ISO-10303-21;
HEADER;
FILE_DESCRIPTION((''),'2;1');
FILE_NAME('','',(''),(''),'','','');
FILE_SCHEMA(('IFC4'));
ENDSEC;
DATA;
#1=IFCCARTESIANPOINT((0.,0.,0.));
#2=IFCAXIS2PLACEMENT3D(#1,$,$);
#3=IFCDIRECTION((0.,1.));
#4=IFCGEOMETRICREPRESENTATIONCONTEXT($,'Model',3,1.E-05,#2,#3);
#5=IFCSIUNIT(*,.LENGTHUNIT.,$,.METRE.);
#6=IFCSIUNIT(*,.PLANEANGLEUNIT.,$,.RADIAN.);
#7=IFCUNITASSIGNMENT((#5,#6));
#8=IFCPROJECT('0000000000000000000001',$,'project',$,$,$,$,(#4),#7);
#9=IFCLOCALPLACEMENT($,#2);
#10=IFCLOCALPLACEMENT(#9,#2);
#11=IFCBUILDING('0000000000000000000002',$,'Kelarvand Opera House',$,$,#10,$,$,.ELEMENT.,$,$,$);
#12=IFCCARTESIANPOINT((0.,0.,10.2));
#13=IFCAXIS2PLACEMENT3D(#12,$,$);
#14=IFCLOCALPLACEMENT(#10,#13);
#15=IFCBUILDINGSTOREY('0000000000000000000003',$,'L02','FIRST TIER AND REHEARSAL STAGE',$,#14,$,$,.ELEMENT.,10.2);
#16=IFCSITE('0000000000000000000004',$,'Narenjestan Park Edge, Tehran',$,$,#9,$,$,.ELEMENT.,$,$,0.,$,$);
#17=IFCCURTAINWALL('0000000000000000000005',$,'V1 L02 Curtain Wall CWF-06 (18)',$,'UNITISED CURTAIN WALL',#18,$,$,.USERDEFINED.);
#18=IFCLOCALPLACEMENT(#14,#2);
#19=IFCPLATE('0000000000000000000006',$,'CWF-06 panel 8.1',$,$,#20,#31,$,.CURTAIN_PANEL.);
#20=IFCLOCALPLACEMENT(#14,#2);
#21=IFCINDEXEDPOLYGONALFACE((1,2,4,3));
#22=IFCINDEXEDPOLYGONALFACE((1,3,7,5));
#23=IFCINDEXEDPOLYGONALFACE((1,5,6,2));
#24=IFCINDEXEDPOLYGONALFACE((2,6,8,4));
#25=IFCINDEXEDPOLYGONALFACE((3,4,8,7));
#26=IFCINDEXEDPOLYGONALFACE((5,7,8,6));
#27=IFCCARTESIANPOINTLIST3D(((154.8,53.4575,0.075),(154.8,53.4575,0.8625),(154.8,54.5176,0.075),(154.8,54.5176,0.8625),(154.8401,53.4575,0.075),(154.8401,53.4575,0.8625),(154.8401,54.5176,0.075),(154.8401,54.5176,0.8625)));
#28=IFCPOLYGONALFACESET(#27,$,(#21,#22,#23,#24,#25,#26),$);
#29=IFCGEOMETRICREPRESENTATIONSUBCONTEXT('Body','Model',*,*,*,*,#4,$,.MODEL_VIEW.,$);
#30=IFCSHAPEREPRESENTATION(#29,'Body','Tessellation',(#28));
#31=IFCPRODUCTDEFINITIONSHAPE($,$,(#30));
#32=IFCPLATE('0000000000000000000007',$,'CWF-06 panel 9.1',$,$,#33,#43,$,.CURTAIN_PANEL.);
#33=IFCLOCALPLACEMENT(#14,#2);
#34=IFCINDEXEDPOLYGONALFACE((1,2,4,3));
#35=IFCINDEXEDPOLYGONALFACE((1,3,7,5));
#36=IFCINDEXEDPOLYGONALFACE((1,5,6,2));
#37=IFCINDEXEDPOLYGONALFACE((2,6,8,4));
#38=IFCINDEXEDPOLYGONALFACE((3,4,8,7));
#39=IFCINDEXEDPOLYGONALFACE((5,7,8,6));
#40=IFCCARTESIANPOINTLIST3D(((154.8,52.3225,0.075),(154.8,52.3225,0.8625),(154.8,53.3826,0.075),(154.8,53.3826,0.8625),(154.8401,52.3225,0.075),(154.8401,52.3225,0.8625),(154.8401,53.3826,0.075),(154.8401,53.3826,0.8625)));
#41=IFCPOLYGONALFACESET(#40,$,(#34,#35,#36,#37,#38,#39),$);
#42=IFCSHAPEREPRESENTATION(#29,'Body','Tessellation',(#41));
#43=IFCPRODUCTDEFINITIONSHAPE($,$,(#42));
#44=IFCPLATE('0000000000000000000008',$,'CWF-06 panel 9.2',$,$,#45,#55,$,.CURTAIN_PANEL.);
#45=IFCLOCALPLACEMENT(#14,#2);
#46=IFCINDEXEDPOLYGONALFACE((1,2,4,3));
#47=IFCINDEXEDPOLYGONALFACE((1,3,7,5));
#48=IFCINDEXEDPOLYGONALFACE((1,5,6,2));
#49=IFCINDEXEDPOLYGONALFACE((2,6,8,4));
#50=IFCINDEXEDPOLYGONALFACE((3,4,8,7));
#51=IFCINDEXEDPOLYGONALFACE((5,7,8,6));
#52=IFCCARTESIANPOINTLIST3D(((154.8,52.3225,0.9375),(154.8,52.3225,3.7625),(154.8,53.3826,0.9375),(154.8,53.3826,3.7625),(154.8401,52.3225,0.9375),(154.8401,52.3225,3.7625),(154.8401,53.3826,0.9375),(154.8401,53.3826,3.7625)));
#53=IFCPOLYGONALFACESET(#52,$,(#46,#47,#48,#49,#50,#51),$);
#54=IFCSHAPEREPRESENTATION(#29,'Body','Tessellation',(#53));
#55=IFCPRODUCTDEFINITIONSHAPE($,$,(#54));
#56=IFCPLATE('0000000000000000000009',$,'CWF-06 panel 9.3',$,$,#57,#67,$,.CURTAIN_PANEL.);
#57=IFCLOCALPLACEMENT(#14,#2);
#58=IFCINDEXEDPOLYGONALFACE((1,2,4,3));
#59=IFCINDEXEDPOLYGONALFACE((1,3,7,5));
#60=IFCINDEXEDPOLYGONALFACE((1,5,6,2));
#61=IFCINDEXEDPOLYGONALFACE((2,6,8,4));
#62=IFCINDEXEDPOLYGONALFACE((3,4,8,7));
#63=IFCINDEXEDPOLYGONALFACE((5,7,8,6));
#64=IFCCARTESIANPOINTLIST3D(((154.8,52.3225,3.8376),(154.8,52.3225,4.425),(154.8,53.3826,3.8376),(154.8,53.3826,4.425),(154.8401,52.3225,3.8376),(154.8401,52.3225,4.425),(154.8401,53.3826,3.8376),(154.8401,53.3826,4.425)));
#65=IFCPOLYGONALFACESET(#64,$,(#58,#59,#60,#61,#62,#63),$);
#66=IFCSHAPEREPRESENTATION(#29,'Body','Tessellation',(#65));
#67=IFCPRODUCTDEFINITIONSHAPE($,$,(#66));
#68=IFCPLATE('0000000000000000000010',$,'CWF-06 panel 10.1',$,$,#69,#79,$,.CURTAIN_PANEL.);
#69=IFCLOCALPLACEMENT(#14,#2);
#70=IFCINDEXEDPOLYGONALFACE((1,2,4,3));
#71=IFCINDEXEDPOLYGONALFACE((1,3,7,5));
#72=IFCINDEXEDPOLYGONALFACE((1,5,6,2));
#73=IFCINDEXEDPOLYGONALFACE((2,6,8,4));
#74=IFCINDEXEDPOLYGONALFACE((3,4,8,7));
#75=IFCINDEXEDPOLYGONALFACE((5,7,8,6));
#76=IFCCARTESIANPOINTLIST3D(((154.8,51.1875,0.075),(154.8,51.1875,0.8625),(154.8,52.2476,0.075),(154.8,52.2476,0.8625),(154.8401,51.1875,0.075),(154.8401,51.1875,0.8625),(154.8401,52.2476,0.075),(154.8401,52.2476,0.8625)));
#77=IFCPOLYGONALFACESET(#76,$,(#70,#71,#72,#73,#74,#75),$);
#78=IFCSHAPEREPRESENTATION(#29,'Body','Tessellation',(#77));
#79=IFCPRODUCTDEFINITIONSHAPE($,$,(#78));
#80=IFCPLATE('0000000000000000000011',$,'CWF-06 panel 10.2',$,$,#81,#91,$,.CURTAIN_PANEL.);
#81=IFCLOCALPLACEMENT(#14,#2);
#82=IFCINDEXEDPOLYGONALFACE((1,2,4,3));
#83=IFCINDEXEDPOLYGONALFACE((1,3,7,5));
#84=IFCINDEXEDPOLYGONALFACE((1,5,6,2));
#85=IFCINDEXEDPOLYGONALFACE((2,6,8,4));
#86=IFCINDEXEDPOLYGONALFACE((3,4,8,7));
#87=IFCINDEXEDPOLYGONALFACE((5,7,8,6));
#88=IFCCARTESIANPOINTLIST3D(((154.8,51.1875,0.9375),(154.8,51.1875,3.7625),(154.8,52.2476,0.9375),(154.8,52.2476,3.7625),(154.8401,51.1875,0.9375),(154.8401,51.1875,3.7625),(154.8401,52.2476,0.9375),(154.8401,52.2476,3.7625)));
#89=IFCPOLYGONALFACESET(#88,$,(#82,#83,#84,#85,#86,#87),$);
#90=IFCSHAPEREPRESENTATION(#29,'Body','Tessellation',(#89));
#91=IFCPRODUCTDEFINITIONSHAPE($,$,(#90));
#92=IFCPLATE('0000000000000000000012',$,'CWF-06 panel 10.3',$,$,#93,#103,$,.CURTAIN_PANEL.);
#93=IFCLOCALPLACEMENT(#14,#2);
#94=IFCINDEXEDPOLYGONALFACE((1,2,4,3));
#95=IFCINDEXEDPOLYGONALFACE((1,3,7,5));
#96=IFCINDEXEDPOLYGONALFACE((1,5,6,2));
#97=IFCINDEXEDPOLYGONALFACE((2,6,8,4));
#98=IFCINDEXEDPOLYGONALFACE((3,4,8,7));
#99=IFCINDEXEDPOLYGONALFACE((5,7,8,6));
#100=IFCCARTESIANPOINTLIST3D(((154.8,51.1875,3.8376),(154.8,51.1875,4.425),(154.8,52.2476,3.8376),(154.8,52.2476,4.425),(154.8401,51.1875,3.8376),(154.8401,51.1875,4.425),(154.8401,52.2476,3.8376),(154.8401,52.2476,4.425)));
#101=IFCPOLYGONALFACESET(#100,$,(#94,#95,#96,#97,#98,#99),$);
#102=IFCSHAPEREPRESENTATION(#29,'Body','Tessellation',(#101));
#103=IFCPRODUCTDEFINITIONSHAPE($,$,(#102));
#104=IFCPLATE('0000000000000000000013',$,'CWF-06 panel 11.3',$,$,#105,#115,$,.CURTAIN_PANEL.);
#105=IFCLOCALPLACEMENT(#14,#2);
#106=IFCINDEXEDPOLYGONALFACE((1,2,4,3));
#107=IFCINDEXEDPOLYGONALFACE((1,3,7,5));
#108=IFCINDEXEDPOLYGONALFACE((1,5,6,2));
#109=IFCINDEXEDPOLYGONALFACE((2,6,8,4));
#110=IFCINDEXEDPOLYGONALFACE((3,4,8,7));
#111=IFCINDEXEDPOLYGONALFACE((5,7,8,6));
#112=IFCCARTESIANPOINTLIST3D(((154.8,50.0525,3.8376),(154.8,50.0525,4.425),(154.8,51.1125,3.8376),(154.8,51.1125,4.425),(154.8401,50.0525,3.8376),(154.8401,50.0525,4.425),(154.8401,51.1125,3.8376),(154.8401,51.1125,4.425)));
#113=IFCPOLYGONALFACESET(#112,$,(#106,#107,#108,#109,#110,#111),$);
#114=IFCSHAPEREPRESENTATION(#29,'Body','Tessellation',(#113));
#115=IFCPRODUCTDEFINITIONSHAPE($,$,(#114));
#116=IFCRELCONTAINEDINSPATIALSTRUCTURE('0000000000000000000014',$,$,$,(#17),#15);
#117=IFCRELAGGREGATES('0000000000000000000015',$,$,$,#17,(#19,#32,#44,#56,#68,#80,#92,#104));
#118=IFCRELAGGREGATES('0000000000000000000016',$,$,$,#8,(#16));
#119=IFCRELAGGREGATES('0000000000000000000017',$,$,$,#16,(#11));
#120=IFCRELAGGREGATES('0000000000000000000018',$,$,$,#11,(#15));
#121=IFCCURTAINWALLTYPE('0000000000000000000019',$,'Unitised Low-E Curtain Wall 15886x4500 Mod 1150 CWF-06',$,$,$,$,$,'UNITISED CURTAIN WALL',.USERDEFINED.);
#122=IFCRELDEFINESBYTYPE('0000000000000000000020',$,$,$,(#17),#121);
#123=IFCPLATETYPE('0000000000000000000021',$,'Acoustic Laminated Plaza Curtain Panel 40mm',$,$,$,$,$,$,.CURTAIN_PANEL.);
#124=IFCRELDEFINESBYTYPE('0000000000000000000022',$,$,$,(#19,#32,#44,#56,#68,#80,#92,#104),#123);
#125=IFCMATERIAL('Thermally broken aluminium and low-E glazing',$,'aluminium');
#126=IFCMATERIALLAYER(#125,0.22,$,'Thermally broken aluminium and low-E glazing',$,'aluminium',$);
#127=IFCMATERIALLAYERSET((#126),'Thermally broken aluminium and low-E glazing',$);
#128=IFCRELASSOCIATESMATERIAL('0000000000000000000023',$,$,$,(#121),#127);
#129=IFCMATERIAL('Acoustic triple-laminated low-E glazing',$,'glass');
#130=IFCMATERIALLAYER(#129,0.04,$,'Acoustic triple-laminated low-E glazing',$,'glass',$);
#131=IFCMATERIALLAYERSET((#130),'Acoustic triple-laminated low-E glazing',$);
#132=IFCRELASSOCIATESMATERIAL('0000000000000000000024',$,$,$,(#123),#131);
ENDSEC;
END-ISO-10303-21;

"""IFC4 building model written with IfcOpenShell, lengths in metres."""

from ifc_helpers import new_model, si_unit, direction, frame, origin, origin_2d, place, context, subcontext, project, spatial, rectangle, extrude, material, layer, layer_set, type_object, element, aggregate, save


model = new_model("IFC4")

# Units and contexts
model_context = context("Model", 3, precision=1e-05, world=origin(), true_north=direction((0.0, 1.0)))
body_context = subcontext(model_context, "Body", "Model", "MODEL_VIEW")
ifc_project = project(units=[si_unit("LENGTHUNIT", "METRE"), si_unit("PLANEANGLEUNIT", "RADIAN")], contexts=[model_context])

# Site, building, storey
site_placement = place(None, origin())
site = spatial("IfcSite", under=ifc_project, at=site_placement, Name="Narenjestan Park Edge, Tehran", CompositionType="ELEMENT", RefElevation=0.0)
building_placement = place(site_placement, origin())
building = spatial("IfcBuilding", under=site, at=building_placement, Name="Kelarvand Opera House", CompositionType="ELEMENT")
storey_placement = place(building_placement, frame((0.0, 0.0, 10.2)))
storey = spatial("IfcBuildingStorey", under=building, at=storey_placement, Name="L02", Description="FIRST TIER AND REHEARSAL STAGE", CompositionType="ELEMENT", Elevation=10.2)

# Curtain wall, plates
ifc_material_1 = material(Name="Thermally broken aluminium and low-E glazing", Category="aluminium")
ifc_layer_1 = layer(ifc_material_1, 0.22, Name="Thermally broken aluminium and low-E glazing", Category="aluminium")
ifc_layer_set_1 = layer_set([ifc_layer_1], Name="Thermally broken aluminium and low-E glazing")
curtain_wall_type = type_object("IfcCurtainWallType", Name="Unitised Low-E Curtain Wall 15886x4500 Mod 1150 CWF-06", ElementType="UNITISED CURTAIN WALL", PredefinedType="USERDEFINED", material=ifc_layer_set_1)
curtain_wall_placement = place(storey_placement, origin())
curtain_wall = element("IfcCurtainWall", 1, at=curtain_wall_placement, inside=storey, type_object=curtain_wall_type, Name="V1 L02 Curtain Wall CWF-06 (18)", ObjectType="UNITISED CURTAIN WALL", PredefinedType="USERDEFINED")
ifc_material_2 = material(Name="Acoustic triple-laminated low-E glazing", Category="glass")
ifc_layer_2 = layer(ifc_material_2, 0.04, Name="Acoustic triple-laminated low-E glazing", Category="glass")
ifc_layer_set_2 = layer_set([ifc_layer_2], Name="Acoustic triple-laminated low-E glazing")
plate_type = type_object("IfcPlateType", Name="Acoustic Laminated Plaza Curtain Panel 40mm", PredefinedType="CURTAIN_PANEL", material=ifc_layer_set_2)
plate_1_placement = place(storey_placement, frame((154.8201, 53.9875, 0.075), z_axis=(0.0, 0.0, 1.0), x_axis=(0.0, -1.0, 0.0)))
plate_1 = element("IfcPlate", 2, at=plate_1_placement, type_object=plate_type, Name="CWF-06 panel 8.1", PredefinedType="CURTAIN_PANEL", context=body_context, shape_type="SweptSolid", body=[
    extrude(rectangle(XDim=1.0601, YDim=0.04, at=origin_2d()), origin(), (0.0, 0.0, 1.0), 0.7876),
])
plate_2_placement = place(storey_placement, frame((154.8201, 52.8525, 0.075), z_axis=(0.0, 0.0, 1.0), x_axis=(0.0, -1.0, 0.0)))
plate_2 = element("IfcPlate", 3, at=plate_2_placement, type_object=plate_type, Name="CWF-06 panel 9.1", PredefinedType="CURTAIN_PANEL", context=body_context, shape_type="SweptSolid", body=[
    extrude(rectangle(XDim=1.0601, YDim=0.04, at=origin_2d()), origin(), (0.0, 0.0, 1.0), 0.7876),
])
plate_3_placement = place(storey_placement, frame((154.8201, 52.8525, 0.9375), z_axis=(0.0, 0.0, 1.0), x_axis=(0.0, -1.0, 0.0)))
plate_3 = element("IfcPlate", 4, at=plate_3_placement, type_object=plate_type, Name="CWF-06 panel 9.2", PredefinedType="CURTAIN_PANEL", context=body_context, shape_type="SweptSolid", body=[
    extrude(rectangle(XDim=1.0601, YDim=0.04, at=origin_2d()), origin(), (0.0, 0.0, 1.0), 2.825),
])
plate_4_placement = place(storey_placement, frame((154.8201, 52.8525, 3.8376), z_axis=(0.0, 0.0, 1.0), x_axis=(0.0, -1.0, 0.0)))
plate_4 = element("IfcPlate", 5, at=plate_4_placement, type_object=plate_type, Name="CWF-06 panel 9.3", PredefinedType="CURTAIN_PANEL", context=body_context, shape_type="SweptSolid", body=[
    extrude(rectangle(XDim=1.0601, YDim=0.04, at=origin_2d()), origin(), (0.0, 0.0, 1.0), 0.5874),
])
plate_5_placement = place(storey_placement, frame((154.8201, 51.7175, 0.075), z_axis=(0.0, 0.0, 1.0), x_axis=(0.0, -1.0, 0.0)))
plate_5 = element("IfcPlate", 6, at=plate_5_placement, type_object=plate_type, Name="CWF-06 panel 10.1", PredefinedType="CURTAIN_PANEL", context=body_context, shape_type="SweptSolid", body=[
    extrude(rectangle(XDim=1.0601, YDim=0.04, at=origin_2d()), origin(), (0.0, 0.0, 1.0), 0.7876),
])
plate_6_placement = place(storey_placement, frame((154.8201, 51.7175, 0.9375), z_axis=(0.0, 0.0, 1.0), x_axis=(0.0, -1.0, 0.0)))
plate_6 = element("IfcPlate", 7, at=plate_6_placement, type_object=plate_type, Name="CWF-06 panel 10.2", PredefinedType="CURTAIN_PANEL", context=body_context, shape_type="SweptSolid", body=[
    extrude(rectangle(XDim=1.0601, YDim=0.04, at=origin_2d()), origin(), (0.0, 0.0, 1.0), 2.825),
])
plate_7_placement = place(storey_placement, frame((154.8201, 51.7175, 3.8376), z_axis=(0.0, 0.0, 1.0), x_axis=(0.0, -1.0, 0.0)))
plate_7 = element("IfcPlate", 8, at=plate_7_placement, type_object=plate_type, Name="CWF-06 panel 10.3", PredefinedType="CURTAIN_PANEL", context=body_context, shape_type="SweptSolid", body=[
    extrude(rectangle(XDim=1.0601, YDim=0.04, at=origin_2d()), origin(), (0.0, 0.0, 1.0), 0.5874),
])
plate_8_placement = place(storey_placement, frame((154.8201, 50.5825, 3.8376), z_axis=(0.0, 0.0, 1.0), x_axis=(0.0, -1.0, 0.0)))
plate_8 = element("IfcPlate", 9, at=plate_8_placement, type_object=plate_type, Name="CWF-06 panel 11.3", PredefinedType="CURTAIN_PANEL", context=body_context, shape_type="SweptSolid", body=[
    extrude(rectangle(XDim=1.0601, YDim=0.04, at=origin_2d()), origin(), (0.0, 0.0, 1.0), 0.5874),
])
aggregate(curtain_wall, [plate_1, plate_2, plate_3, plate_4, plate_5, plate_6, plate_7, plate_8])

save(model, "model.ifc")
